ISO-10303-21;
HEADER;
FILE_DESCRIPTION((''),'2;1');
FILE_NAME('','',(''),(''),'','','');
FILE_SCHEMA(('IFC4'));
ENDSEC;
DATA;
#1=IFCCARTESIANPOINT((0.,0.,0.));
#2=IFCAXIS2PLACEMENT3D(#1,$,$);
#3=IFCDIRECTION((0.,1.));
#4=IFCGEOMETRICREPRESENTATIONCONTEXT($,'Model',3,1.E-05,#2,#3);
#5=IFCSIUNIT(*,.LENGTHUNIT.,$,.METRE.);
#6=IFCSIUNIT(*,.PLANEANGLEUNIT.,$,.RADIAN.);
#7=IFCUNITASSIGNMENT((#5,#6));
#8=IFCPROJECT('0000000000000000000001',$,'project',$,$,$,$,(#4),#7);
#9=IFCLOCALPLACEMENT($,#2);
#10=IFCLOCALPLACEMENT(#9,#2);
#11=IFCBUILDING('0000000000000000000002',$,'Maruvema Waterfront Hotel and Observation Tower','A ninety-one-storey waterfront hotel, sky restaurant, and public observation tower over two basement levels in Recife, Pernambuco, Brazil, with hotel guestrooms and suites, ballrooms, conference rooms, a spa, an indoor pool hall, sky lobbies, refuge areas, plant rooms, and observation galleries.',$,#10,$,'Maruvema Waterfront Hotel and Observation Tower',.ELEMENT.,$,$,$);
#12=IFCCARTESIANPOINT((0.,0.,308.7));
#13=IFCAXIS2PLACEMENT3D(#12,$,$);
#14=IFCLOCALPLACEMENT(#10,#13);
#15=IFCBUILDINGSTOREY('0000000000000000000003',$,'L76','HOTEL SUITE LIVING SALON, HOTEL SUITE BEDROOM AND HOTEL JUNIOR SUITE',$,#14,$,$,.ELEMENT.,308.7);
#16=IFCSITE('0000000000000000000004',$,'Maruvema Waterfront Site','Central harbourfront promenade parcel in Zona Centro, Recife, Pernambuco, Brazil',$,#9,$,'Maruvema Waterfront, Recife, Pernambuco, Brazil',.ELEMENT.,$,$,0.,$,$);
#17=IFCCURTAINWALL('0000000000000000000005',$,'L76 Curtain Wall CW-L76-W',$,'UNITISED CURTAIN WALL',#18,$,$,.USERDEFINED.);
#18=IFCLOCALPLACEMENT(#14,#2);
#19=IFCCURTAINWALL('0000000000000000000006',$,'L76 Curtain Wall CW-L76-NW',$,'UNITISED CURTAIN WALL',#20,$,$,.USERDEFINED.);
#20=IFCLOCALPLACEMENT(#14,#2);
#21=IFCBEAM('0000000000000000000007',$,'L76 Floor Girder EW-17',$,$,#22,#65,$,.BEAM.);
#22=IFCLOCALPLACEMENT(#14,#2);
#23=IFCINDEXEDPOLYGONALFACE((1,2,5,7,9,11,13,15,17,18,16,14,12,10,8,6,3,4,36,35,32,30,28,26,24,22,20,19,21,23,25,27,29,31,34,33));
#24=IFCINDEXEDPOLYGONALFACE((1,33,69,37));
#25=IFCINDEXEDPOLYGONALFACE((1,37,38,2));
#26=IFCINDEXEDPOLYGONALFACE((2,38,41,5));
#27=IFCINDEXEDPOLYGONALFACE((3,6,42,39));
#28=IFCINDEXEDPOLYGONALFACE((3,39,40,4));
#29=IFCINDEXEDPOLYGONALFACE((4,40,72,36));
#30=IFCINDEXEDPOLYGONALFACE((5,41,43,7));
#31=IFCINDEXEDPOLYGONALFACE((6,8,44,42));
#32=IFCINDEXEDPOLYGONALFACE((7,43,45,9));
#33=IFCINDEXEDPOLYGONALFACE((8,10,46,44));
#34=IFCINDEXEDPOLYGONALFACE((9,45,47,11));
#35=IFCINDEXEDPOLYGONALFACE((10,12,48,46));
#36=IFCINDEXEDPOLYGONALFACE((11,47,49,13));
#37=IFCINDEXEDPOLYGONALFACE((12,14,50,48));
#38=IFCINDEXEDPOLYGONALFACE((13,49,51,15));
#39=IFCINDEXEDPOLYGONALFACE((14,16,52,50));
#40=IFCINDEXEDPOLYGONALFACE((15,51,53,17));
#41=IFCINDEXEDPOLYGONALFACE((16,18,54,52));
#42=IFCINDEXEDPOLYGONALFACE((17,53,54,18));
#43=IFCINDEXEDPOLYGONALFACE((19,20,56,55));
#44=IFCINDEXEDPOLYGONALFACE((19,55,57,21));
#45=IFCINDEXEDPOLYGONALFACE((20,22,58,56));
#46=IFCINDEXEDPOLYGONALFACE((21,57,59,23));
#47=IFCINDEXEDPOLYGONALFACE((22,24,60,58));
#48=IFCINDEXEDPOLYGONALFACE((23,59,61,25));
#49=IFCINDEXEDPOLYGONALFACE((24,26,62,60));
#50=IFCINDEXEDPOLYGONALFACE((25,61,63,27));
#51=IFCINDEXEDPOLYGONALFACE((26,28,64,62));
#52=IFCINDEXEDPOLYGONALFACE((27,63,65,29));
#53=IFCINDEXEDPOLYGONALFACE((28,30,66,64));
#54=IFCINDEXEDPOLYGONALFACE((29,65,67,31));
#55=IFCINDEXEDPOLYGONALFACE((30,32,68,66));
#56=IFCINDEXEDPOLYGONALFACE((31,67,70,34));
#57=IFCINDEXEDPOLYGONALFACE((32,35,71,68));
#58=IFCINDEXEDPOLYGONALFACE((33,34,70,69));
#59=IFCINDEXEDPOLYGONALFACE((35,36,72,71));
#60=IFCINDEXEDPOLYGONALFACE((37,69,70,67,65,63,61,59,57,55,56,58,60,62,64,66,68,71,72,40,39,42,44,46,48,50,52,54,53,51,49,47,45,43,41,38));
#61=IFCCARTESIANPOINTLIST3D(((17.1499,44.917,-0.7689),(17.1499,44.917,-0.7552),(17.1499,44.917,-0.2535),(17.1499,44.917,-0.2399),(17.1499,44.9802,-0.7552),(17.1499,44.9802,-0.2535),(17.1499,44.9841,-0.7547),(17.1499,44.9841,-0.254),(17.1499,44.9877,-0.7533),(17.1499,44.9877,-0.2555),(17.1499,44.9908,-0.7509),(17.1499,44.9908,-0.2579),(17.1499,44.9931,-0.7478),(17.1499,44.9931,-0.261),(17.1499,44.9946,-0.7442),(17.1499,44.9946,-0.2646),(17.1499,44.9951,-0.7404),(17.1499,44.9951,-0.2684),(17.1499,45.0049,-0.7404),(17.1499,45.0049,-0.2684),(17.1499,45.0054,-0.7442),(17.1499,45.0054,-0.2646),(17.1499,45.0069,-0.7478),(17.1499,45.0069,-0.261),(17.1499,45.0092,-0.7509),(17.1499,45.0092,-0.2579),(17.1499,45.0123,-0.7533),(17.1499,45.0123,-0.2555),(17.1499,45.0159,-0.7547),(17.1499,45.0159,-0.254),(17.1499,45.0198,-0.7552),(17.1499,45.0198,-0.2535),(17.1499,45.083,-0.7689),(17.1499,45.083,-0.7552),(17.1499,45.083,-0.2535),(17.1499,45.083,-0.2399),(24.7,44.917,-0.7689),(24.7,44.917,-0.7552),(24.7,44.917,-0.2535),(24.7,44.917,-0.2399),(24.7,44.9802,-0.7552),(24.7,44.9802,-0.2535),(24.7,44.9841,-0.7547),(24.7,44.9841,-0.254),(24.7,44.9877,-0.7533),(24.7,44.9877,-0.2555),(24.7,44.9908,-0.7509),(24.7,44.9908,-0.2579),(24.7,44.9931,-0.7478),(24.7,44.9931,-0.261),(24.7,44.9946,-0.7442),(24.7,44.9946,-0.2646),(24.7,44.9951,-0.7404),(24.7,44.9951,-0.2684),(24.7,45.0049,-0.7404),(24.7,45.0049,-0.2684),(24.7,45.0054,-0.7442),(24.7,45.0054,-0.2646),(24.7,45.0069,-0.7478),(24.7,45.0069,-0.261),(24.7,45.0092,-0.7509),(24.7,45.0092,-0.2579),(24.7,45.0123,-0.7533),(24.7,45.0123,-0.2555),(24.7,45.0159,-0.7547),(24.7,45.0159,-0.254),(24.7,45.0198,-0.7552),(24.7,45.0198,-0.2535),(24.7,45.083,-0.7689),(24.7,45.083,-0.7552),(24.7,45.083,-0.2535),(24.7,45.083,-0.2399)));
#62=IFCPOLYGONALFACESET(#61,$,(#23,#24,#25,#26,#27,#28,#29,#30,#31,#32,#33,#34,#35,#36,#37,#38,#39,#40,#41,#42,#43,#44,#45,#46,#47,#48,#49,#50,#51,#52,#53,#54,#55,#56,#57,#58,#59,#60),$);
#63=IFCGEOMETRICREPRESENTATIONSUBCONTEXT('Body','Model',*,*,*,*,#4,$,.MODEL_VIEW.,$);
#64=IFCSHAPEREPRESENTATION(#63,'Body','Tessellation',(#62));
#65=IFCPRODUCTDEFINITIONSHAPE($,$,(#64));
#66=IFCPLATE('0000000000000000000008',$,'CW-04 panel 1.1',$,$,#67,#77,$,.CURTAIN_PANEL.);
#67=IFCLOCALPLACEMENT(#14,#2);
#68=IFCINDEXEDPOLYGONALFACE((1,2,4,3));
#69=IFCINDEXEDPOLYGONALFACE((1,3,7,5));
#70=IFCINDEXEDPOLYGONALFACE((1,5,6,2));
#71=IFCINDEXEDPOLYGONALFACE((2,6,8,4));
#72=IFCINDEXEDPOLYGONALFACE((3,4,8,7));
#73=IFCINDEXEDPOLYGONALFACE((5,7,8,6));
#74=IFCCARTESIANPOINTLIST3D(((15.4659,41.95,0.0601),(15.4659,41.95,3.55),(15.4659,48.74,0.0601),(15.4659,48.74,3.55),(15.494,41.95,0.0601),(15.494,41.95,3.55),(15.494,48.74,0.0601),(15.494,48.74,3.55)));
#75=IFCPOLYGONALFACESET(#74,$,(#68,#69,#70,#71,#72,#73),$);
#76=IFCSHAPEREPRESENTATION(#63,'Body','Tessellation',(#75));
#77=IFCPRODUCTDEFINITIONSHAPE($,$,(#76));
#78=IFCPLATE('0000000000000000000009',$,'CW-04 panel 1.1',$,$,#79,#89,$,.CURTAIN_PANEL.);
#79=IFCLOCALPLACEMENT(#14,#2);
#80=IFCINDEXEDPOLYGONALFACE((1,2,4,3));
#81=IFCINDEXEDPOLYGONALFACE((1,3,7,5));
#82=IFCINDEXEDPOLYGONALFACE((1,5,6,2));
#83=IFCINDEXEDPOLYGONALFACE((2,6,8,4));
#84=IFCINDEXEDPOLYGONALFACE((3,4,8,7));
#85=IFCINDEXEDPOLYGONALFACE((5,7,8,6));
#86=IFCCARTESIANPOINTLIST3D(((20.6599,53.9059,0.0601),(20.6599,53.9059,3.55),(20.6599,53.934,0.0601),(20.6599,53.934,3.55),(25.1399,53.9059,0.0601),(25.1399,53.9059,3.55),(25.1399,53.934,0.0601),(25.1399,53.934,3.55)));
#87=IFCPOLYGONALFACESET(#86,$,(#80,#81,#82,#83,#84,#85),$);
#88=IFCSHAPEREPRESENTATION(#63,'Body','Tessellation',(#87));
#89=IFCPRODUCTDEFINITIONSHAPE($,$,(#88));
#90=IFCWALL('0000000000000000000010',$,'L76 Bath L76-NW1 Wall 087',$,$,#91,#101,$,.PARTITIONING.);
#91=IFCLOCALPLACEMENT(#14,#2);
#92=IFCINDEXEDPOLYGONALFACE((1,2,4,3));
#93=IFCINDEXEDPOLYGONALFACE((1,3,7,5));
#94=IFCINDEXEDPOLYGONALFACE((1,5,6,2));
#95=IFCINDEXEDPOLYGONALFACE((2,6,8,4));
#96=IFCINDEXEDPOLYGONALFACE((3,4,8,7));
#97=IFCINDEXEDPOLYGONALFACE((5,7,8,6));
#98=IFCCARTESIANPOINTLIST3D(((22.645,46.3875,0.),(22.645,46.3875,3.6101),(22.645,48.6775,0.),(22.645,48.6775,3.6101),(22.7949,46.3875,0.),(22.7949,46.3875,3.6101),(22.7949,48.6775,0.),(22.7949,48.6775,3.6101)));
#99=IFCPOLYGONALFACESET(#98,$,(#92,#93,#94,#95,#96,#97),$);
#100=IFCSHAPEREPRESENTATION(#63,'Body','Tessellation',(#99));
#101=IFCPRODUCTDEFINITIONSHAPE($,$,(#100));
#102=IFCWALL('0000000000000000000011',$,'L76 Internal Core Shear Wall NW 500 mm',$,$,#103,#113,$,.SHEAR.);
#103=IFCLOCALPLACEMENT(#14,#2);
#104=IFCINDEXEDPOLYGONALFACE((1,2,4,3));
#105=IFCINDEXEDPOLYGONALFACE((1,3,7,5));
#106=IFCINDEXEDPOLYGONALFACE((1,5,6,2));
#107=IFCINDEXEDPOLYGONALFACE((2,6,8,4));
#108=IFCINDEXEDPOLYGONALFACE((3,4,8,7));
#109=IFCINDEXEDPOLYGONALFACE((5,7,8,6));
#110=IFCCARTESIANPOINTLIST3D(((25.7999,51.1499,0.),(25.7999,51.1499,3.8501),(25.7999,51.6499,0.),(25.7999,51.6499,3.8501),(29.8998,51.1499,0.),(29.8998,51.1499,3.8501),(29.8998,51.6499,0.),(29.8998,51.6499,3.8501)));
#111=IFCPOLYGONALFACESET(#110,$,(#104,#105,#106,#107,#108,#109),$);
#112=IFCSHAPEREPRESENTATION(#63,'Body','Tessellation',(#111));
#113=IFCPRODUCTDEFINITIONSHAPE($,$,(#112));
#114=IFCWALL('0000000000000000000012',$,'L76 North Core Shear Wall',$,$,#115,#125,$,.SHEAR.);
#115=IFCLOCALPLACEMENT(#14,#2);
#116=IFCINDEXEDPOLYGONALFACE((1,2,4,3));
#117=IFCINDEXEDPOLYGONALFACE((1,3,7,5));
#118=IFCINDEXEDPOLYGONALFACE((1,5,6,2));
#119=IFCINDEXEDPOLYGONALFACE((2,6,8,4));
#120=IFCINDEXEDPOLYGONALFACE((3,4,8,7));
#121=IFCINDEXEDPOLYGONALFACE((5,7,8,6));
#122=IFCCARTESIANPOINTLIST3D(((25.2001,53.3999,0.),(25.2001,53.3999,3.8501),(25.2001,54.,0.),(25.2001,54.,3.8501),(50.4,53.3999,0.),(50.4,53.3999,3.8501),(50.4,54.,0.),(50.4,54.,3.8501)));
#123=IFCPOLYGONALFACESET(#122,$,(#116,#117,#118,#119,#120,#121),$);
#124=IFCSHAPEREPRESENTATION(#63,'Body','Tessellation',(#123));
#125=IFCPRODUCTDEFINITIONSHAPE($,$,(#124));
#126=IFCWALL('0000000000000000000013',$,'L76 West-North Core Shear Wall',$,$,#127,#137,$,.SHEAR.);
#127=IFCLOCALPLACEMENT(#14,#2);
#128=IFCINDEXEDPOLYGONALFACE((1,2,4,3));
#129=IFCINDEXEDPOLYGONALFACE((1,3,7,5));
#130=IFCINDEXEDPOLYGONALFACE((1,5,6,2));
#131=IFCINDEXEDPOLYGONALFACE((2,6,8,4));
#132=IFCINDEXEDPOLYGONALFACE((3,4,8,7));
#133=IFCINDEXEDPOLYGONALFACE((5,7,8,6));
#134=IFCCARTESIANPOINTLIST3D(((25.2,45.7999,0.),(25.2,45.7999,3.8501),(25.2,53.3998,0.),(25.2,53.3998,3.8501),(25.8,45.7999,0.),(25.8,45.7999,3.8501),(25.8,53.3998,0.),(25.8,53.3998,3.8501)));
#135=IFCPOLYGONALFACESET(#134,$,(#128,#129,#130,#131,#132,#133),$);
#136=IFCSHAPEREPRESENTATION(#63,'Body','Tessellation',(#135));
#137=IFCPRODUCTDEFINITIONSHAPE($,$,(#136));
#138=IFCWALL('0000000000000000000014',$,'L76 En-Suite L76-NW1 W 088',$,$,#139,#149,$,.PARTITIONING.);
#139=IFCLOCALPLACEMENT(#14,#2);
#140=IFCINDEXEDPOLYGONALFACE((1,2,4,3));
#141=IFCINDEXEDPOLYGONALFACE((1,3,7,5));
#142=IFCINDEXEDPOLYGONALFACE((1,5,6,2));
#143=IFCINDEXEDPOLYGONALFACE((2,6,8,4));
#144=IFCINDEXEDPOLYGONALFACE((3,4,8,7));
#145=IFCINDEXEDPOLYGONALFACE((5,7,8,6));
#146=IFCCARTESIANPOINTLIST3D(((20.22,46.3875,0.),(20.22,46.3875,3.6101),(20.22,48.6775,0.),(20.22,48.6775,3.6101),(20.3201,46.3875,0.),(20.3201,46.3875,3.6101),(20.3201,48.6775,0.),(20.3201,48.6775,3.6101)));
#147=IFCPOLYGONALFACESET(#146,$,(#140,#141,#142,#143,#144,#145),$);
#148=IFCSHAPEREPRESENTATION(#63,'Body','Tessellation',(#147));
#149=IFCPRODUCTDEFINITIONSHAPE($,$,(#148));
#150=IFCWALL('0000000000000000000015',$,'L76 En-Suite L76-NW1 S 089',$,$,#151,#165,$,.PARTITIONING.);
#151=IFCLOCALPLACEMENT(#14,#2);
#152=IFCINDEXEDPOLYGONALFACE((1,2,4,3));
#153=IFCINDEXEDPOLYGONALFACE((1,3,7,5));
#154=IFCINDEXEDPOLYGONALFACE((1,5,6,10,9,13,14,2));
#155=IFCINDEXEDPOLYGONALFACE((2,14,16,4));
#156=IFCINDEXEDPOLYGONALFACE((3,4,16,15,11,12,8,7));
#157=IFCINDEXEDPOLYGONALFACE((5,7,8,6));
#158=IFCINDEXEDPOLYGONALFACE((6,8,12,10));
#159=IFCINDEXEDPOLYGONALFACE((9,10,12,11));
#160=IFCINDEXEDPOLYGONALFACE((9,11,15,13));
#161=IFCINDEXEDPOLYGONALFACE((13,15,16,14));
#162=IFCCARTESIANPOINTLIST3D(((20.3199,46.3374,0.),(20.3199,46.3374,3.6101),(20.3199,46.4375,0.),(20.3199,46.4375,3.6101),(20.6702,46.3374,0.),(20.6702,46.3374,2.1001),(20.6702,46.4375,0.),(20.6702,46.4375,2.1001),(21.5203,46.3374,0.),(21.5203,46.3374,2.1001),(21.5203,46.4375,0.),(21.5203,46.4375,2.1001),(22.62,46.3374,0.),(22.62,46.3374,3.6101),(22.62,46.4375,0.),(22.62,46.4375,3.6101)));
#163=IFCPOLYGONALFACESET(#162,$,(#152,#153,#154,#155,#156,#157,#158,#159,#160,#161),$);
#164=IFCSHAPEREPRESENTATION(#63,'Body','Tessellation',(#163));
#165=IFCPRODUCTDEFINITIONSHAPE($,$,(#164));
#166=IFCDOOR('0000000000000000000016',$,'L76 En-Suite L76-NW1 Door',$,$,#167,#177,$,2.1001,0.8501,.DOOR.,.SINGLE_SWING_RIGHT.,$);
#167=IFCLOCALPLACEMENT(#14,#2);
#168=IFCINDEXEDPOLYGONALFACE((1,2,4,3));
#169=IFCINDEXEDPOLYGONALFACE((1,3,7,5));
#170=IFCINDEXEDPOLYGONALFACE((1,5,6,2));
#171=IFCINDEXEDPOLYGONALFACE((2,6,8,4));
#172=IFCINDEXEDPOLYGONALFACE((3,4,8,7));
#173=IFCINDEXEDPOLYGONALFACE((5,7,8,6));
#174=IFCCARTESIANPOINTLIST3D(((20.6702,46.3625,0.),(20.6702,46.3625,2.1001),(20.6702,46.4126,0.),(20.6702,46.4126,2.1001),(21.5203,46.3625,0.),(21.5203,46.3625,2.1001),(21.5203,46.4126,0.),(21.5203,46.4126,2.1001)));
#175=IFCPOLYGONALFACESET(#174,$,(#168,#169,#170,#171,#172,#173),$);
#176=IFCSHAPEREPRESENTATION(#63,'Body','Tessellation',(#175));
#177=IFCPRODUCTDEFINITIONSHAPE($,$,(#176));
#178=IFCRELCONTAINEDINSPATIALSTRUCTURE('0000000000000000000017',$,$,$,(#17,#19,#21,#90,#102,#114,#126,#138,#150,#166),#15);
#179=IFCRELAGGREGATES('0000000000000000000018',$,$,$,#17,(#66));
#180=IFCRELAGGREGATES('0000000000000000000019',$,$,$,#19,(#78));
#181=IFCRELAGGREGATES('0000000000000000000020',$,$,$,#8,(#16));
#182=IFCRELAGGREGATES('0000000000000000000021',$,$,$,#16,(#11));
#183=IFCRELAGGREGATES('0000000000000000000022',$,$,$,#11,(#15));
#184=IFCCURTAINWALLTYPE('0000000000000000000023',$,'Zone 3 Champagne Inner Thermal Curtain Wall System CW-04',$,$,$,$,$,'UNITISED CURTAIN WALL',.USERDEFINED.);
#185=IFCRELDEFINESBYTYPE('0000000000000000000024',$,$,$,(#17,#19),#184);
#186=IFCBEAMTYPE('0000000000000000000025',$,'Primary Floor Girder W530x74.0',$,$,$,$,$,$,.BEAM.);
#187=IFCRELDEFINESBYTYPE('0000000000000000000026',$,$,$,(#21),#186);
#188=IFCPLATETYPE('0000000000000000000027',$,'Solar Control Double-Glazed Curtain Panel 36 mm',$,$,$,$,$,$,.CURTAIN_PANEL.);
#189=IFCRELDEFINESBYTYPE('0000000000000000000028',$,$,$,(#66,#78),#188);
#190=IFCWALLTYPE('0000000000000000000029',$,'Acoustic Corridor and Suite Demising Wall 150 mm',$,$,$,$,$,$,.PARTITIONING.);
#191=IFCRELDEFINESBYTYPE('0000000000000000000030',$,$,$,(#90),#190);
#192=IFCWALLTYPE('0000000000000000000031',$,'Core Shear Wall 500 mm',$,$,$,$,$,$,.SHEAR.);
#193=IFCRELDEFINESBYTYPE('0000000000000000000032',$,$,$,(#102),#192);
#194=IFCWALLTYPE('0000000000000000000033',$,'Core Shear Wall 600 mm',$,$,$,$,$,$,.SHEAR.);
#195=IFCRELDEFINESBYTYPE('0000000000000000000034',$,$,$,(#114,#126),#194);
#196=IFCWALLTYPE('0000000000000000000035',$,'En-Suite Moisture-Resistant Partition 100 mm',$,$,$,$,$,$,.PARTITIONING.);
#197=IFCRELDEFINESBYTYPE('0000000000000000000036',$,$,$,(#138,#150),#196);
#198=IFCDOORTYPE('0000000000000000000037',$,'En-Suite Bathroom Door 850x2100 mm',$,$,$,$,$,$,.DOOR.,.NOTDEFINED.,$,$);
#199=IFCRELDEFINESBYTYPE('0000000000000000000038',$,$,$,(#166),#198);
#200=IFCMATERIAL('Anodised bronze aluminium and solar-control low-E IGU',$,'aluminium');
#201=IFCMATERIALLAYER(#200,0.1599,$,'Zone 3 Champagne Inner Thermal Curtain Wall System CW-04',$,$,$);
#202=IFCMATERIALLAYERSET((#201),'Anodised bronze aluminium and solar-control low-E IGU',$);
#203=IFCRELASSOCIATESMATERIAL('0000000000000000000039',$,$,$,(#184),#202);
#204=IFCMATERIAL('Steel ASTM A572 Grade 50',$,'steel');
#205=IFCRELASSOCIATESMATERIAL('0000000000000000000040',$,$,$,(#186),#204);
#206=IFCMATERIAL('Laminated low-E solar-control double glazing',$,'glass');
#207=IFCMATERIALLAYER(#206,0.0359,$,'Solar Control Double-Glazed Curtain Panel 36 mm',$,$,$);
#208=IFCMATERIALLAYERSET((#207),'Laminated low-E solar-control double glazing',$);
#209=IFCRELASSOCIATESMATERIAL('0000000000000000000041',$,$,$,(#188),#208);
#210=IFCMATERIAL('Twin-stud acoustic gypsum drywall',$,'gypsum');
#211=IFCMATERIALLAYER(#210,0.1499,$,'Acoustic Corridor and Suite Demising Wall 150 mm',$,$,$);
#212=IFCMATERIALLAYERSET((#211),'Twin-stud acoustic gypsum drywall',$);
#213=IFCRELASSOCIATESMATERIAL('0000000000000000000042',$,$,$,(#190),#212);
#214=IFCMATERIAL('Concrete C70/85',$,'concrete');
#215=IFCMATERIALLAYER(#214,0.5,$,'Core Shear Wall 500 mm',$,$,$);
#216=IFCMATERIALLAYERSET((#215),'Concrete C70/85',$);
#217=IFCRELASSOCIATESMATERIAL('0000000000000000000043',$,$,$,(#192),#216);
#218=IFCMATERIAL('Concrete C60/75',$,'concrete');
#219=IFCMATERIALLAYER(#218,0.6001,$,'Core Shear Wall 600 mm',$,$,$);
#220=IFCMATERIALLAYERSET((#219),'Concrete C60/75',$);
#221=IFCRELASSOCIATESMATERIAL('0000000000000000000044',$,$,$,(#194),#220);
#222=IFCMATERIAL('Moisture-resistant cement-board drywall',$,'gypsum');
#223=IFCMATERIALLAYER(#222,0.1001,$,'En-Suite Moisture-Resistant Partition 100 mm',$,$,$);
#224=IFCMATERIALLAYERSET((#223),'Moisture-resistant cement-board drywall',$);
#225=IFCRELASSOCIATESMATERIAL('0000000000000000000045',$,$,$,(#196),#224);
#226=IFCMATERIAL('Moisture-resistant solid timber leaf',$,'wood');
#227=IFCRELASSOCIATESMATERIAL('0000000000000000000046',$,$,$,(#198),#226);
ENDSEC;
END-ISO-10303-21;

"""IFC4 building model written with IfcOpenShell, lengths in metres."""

from ifc_helpers import new_model, si_unit, direction, frame, frame_2d, origin, origin_2d, place, context, subcontext, project, spatial, rectangle, i_section, extrude, material, layer, layer_set, material_profile, profile_set, type_object, element, fill, aggregate, save


model = new_model("IFC4")

# Units and contexts
model_context = context("Model", 3, precision=1e-05, world=origin(), true_north=direction((0.0, 1.0)))
body_context = subcontext(model_context, "Body", "Model", "MODEL_VIEW")
ifc_project = project(units=[si_unit("LENGTHUNIT", "METRE"), si_unit("PLANEANGLEUNIT", "RADIAN")], contexts=[model_context])

# Site, building, storey
site_placement = place(None, origin())
site = spatial("IfcSite", under=ifc_project, at=site_placement, Name="Maruvema Waterfront Site", Description="Central harbourfront promenade parcel in Zona Centro, Recife, Pernambuco, Brazil", LongName="Maruvema Waterfront, Recife, Pernambuco, Brazil", CompositionType="ELEMENT", RefElevation=0.0)
building_placement = place(site_placement, origin())
building = spatial("IfcBuilding", under=site, at=building_placement, Name="Maruvema Waterfront Hotel and Observation Tower", Description="A ninety-one-storey waterfront hotel, sky restaurant, and public observation tower over two basement levels in Recife, Pernambuco, Brazil, with hotel guestrooms and suites, ballrooms, conference rooms, a spa, an indoor pool hall, sky lobbies, refuge areas, plant rooms, and observation galleries.", LongName="Maruvema Waterfront Hotel and Observation Tower", CompositionType="ELEMENT")
storey_placement = place(building_placement, frame((0.0, 0.0, 308.7)))
storey = spatial("IfcBuildingStorey", under=building, at=storey_placement, Name="L76", Description="HOTEL SUITE LIVING SALON, HOTEL SUITE BEDROOM AND HOTEL JUNIOR SUITE", CompositionType="ELEMENT", Elevation=308.7)

# Curtain walls
ifc_material_1 = material(Name="Anodised bronze aluminium and solar-control low-E IGU", Category="aluminium")
ifc_layer_1 = layer(ifc_material_1, 0.1599, Name="Zone 3 Champagne Inner Thermal Curtain Wall System CW-04")
ifc_layer_set_1 = layer_set([ifc_layer_1], Name="Anodised bronze aluminium and solar-control low-E IGU")
curtain_wall_type = type_object("IfcCurtainWallType", Name="Zone 3 Champagne Inner Thermal Curtain Wall System CW-04", ElementType="UNITISED CURTAIN WALL", PredefinedType="USERDEFINED", material=ifc_layer_set_1)
curtain_wall_1_placement = place(storey_placement, origin())
curtain_wall_1 = element("IfcCurtainWall", 1, at=curtain_wall_1_placement, inside=storey, type_object=curtain_wall_type, Name="L76 Curtain Wall CW-L76-W", ObjectType="UNITISED CURTAIN WALL", PredefinedType="USERDEFINED")
curtain_wall_2_placement = place(storey_placement, origin())
curtain_wall_2 = element("IfcCurtainWall", 2, at=curtain_wall_2_placement, inside=storey, type_object=curtain_wall_type, Name="L76 Curtain Wall CW-L76-NW", ObjectType="UNITISED CURTAIN WALL", PredefinedType="USERDEFINED")

# Beam
ifc_material_2 = material(Name="Steel ASTM A572 Grade 50", Category="steel")
ifc_material_profile_1 = material_profile(ifc_material_2, i_section(OverallWidth=0.166, OverallDepth=0.5291, WebThickness=0.0098, FlangeThickness=0.0137, FilletRadius=0.0149, at=origin_2d()), Name="W530x74.0")
ifc_profile_set_1 = profile_set([ifc_material_profile_1], Name="Steel ASTM A572 Grade 50")
beam_type = type_object("IfcBeamType", Name="Primary Floor Girder W530x74.0", PredefinedType="BEAM", material=ifc_profile_set_1)
beam_placement = place(storey_placement, frame((17.1499, 45.0, -0.5044), z_axis=(1.0, 0.0, 0.0), x_axis=(0.0, 1.0, 0.0)))
element("IfcBeam", 3, at=beam_placement, inside=storey, type_object=beam_type, Name="L76 Floor Girder EW-17", PredefinedType="BEAM", context=body_context, shape_type="SweptSolid", body=[
    extrude(i_section(OverallWidth=0.166, OverallDepth=0.5291, WebThickness=0.0098, FlangeThickness=0.0137, FilletRadius=0.0149, at=origin_2d()), origin(), (0.0, 0.0, 1.0), 7.55),
])

# Plates
ifc_material_3 = material(Name="Laminated low-E solar-control double glazing", Category="glass")
ifc_layer_2 = layer(ifc_material_3, 0.0359, Name="Solar Control Double-Glazed Curtain Panel 36 mm")
ifc_layer_set_2 = layer_set([ifc_layer_2], Name="Laminated low-E solar-control double glazing")
plate_type = type_object("IfcPlateType", Name="Solar Control Double-Glazed Curtain Panel 36 mm", PredefinedType="CURTAIN_PANEL", material=ifc_layer_set_2)
plate_1_placement = place(storey_placement, frame((15.48, 45.345, 0.0601), z_axis=(0.0, 0.0, 1.0), x_axis=(0.0, -1.0, 0.0)))
plate_1 = element("IfcPlate", 4, at=plate_1_placement, type_object=plate_type, Name="CW-04 panel 1.1", PredefinedType="CURTAIN_PANEL", context=body_context, shape_type="SweptSolid", body=[
    extrude(rectangle(XDim=6.79, YDim=0.0281, at=origin_2d()), origin(), (0.0, 0.0, 1.0), 3.49),
])
aggregate(curtain_wall_1, [plate_1])
plate_2_placement = place(storey_placement, frame((22.8999, 53.9199, 0.0601), z_axis=(0.0, 0.0, 1.0), x_axis=(-1.0, 0.0, 0.0)))
plate_2 = element("IfcPlate", 5, at=plate_2_placement, type_object=plate_type, Name="CW-04 panel 1.1", PredefinedType="CURTAIN_PANEL", context=body_context, shape_type="SweptSolid", body=[
    extrude(rectangle(XDim=4.48, YDim=0.0281, at=origin_2d()), origin(), (0.0, 0.0, 1.0), 3.49),
])
aggregate(curtain_wall_2, [plate_2])

# Walls
ifc_material_4 = material(Name="Twin-stud acoustic gypsum drywall", Category="gypsum")
ifc_layer_3 = layer(ifc_material_4, 0.1499, Name="Acoustic Corridor and Suite Demising Wall 150 mm")
ifc_layer_set_3 = layer_set([ifc_layer_3], Name="Twin-stud acoustic gypsum drywall")
wall_type_1 = type_object("IfcWallType", Name="Acoustic Corridor and Suite Demising Wall 150 mm", PredefinedType="PARTITIONING", material=ifc_layer_set_3)
wall_1_placement = place(storey_placement, frame((22.72, 46.3875, 0.0), z_axis=(0.0, 0.0, 1.0), x_axis=(0.0, 1.0, 0.0)))
element("IfcWall", 6, at=wall_1_placement, inside=storey, type_object=wall_type_1, Name="L76 Bath L76-NW1 Wall 087", PredefinedType="PARTITIONING", context=body_context, shape_type="SweptSolid", body=[
    extrude(rectangle(XDim=2.29, YDim=0.1499, at=frame_2d((1.145, 0.0))), origin(), (0.0, 0.0, 1.0), 3.6101),
])
ifc_material_5 = material(Name="Concrete C70/85", Category="concrete")
ifc_layer_4 = layer(ifc_material_5, 0.5, Name="Core Shear Wall 500 mm")
ifc_layer_set_4 = layer_set([ifc_layer_4], Name="Concrete C70/85")
wall_type_2 = type_object("IfcWallType", Name="Core Shear Wall 500 mm", PredefinedType="SHEAR", material=ifc_layer_set_4)
wall_2_placement = place(storey_placement, frame((25.8, 51.3999, 0.0), z_axis=(0.0, 0.0, 1.0), x_axis=(1.0, 0.0, 0.0)))
element("IfcWall", 7, at=wall_2_placement, inside=storey, type_object=wall_type_2, Name="L76 Internal Core Shear Wall NW 500 mm", PredefinedType="SHEAR", context=body_context, shape_type="SweptSolid", body=[
    extrude(rectangle(XDim=4.0999, YDim=0.5, at=frame_2d((2.0498, 0.0))), origin(), (0.0, 0.0, 1.0), 3.8501),
])
ifc_material_6 = material(Name="Concrete C60/75", Category="concrete")
ifc_layer_5 = layer(ifc_material_6, 0.6001, Name="Core Shear Wall 600 mm")
ifc_layer_set_5 = layer_set([ifc_layer_5], Name="Concrete C60/75")
wall_type_3 = type_object("IfcWallType", Name="Core Shear Wall 600 mm", PredefinedType="SHEAR", material=ifc_layer_set_5)
wall_3_placement = place(storey_placement, frame((25.2, 53.7, 0.0), z_axis=(0.0, 0.0, 1.0), x_axis=(1.0, 0.0, 0.0)))
element("IfcWall", 8, at=wall_3_placement, inside=storey, type_object=wall_type_3, Name="L76 North Core Shear Wall", PredefinedType="SHEAR", context=body_context, shape_type="SweptSolid", body=[
    extrude(rectangle(XDim=25.2, YDim=0.6001, at=frame_2d((12.6001, 0.0))), origin(), (0.0, 0.0, 1.0), 3.8501),
])
wall_4_placement = place(storey_placement, frame((25.5, 45.8, 0.0), z_axis=(0.0, 0.0, 1.0), x_axis=(0.0, 1.0, 0.0)))
element("IfcWall", 9, at=wall_4_placement, inside=storey, type_object=wall_type_3, Name="L76 West-North Core Shear Wall", PredefinedType="SHEAR", context=body_context, shape_type="SweptSolid", body=[
    extrude(rectangle(XDim=7.5999, YDim=0.6001, at=frame_2d((3.7998, 0.0))), origin(), (0.0, 0.0, 1.0), 3.8501),
])
ifc_material_7 = material(Name="Moisture-resistant cement-board drywall", Category="gypsum")
ifc_layer_6 = layer(ifc_material_7, 0.1001, Name="En-Suite Moisture-Resistant Partition 100 mm")
ifc_layer_set_6 = layer_set([ifc_layer_6], Name="Moisture-resistant cement-board drywall")
wall_type_4 = type_object("IfcWallType", Name="En-Suite Moisture-Resistant Partition 100 mm", PredefinedType="PARTITIONING", material=ifc_layer_set_6)
wall_5_placement = place(storey_placement, frame((20.27, 46.3875, 0.0), z_axis=(0.0, 0.0, 1.0), x_axis=(0.0, 1.0, 0.0)))
element("IfcWall", 10, at=wall_5_placement, inside=storey, type_object=wall_type_4, Name="L76 En-Suite L76-NW1 W 088", PredefinedType="PARTITIONING", context=body_context, shape_type="SweptSolid", body=[
    extrude(rectangle(XDim=2.29, YDim=0.1001, at=frame_2d((1.145, 0.0))), origin(), (0.0, 0.0, 1.0), 3.6101),
])

# Wall, opening, door
wall_6_placement = place(storey_placement, frame((20.3201, 46.3875, 0.0), z_axis=(0.0, 0.0, 1.0), x_axis=(1.0, 0.0, 0.0)))
wall_6 = element("IfcWall", 11, at=wall_6_placement, inside=storey, type_object=wall_type_4, Name="L76 En-Suite L76-NW1 S 089", PredefinedType="PARTITIONING", context=body_context, shape_type="SweptSolid", body=[
    extrude(rectangle(XDim=2.3, YDim=0.1001, at=frame_2d((1.1499, 0.0))), origin(), (0.0, 0.0, 1.0), 3.6101),
])
opening_placement = place(wall_6_placement, frame((0.3501, 0.0, 0.0)))
opening = element("IfcOpeningElement", 12, at=opening_placement, cuts=wall_6, PredefinedType="OPENING", context=body_context, shape_type="SweptSolid", body=[
    extrude(rectangle(XDim=0.8501, YDim=2.1001, at=frame_2d((0.425, 1.05))), frame((0.0, 0.0601, 0.0), z_axis=(0.0, -1.0, 0.0), x_axis=(1.0, 0.0, 0.0)), (0.0, 0.0, 1.0), 0.1201),
])
ifc_material_8 = material(Name="Moisture-resistant solid timber leaf", Category="wood")
door_type = type_object("IfcDoorType", Name="En-Suite Bathroom Door 850x2100 mm", OperationType="NOTDEFINED", PredefinedType="DOOR", material=ifc_material_8)
door_placement = place(opening_placement, frame((0.8501, 0.0, 0.0), z_axis=(0.0, 0.0, 1.0), x_axis=(-1.0, 0.0, 0.0)))
door = element("IfcDoor", 13, at=door_placement, inside=storey, type_object=door_type, Name="L76 En-Suite L76-NW1 Door", OperationType="SINGLE_SWING_RIGHT", OverallHeight=2.1001, OverallWidth=0.8501, PredefinedType="DOOR", context=body_context, shape_type="SweptSolid", body=[
    extrude(rectangle(XDim=0.8501, YDim=2.1001, at=frame_2d((0.425, 1.05))), frame((0.0, 0.0249, 0.0), z_axis=(0.0, -1.0, 0.0), x_axis=(1.0, 0.0, 0.0)), (0.0, 0.0, 1.0), 0.05),
])
fill(opening, door)

save(model, "model.ifc")
